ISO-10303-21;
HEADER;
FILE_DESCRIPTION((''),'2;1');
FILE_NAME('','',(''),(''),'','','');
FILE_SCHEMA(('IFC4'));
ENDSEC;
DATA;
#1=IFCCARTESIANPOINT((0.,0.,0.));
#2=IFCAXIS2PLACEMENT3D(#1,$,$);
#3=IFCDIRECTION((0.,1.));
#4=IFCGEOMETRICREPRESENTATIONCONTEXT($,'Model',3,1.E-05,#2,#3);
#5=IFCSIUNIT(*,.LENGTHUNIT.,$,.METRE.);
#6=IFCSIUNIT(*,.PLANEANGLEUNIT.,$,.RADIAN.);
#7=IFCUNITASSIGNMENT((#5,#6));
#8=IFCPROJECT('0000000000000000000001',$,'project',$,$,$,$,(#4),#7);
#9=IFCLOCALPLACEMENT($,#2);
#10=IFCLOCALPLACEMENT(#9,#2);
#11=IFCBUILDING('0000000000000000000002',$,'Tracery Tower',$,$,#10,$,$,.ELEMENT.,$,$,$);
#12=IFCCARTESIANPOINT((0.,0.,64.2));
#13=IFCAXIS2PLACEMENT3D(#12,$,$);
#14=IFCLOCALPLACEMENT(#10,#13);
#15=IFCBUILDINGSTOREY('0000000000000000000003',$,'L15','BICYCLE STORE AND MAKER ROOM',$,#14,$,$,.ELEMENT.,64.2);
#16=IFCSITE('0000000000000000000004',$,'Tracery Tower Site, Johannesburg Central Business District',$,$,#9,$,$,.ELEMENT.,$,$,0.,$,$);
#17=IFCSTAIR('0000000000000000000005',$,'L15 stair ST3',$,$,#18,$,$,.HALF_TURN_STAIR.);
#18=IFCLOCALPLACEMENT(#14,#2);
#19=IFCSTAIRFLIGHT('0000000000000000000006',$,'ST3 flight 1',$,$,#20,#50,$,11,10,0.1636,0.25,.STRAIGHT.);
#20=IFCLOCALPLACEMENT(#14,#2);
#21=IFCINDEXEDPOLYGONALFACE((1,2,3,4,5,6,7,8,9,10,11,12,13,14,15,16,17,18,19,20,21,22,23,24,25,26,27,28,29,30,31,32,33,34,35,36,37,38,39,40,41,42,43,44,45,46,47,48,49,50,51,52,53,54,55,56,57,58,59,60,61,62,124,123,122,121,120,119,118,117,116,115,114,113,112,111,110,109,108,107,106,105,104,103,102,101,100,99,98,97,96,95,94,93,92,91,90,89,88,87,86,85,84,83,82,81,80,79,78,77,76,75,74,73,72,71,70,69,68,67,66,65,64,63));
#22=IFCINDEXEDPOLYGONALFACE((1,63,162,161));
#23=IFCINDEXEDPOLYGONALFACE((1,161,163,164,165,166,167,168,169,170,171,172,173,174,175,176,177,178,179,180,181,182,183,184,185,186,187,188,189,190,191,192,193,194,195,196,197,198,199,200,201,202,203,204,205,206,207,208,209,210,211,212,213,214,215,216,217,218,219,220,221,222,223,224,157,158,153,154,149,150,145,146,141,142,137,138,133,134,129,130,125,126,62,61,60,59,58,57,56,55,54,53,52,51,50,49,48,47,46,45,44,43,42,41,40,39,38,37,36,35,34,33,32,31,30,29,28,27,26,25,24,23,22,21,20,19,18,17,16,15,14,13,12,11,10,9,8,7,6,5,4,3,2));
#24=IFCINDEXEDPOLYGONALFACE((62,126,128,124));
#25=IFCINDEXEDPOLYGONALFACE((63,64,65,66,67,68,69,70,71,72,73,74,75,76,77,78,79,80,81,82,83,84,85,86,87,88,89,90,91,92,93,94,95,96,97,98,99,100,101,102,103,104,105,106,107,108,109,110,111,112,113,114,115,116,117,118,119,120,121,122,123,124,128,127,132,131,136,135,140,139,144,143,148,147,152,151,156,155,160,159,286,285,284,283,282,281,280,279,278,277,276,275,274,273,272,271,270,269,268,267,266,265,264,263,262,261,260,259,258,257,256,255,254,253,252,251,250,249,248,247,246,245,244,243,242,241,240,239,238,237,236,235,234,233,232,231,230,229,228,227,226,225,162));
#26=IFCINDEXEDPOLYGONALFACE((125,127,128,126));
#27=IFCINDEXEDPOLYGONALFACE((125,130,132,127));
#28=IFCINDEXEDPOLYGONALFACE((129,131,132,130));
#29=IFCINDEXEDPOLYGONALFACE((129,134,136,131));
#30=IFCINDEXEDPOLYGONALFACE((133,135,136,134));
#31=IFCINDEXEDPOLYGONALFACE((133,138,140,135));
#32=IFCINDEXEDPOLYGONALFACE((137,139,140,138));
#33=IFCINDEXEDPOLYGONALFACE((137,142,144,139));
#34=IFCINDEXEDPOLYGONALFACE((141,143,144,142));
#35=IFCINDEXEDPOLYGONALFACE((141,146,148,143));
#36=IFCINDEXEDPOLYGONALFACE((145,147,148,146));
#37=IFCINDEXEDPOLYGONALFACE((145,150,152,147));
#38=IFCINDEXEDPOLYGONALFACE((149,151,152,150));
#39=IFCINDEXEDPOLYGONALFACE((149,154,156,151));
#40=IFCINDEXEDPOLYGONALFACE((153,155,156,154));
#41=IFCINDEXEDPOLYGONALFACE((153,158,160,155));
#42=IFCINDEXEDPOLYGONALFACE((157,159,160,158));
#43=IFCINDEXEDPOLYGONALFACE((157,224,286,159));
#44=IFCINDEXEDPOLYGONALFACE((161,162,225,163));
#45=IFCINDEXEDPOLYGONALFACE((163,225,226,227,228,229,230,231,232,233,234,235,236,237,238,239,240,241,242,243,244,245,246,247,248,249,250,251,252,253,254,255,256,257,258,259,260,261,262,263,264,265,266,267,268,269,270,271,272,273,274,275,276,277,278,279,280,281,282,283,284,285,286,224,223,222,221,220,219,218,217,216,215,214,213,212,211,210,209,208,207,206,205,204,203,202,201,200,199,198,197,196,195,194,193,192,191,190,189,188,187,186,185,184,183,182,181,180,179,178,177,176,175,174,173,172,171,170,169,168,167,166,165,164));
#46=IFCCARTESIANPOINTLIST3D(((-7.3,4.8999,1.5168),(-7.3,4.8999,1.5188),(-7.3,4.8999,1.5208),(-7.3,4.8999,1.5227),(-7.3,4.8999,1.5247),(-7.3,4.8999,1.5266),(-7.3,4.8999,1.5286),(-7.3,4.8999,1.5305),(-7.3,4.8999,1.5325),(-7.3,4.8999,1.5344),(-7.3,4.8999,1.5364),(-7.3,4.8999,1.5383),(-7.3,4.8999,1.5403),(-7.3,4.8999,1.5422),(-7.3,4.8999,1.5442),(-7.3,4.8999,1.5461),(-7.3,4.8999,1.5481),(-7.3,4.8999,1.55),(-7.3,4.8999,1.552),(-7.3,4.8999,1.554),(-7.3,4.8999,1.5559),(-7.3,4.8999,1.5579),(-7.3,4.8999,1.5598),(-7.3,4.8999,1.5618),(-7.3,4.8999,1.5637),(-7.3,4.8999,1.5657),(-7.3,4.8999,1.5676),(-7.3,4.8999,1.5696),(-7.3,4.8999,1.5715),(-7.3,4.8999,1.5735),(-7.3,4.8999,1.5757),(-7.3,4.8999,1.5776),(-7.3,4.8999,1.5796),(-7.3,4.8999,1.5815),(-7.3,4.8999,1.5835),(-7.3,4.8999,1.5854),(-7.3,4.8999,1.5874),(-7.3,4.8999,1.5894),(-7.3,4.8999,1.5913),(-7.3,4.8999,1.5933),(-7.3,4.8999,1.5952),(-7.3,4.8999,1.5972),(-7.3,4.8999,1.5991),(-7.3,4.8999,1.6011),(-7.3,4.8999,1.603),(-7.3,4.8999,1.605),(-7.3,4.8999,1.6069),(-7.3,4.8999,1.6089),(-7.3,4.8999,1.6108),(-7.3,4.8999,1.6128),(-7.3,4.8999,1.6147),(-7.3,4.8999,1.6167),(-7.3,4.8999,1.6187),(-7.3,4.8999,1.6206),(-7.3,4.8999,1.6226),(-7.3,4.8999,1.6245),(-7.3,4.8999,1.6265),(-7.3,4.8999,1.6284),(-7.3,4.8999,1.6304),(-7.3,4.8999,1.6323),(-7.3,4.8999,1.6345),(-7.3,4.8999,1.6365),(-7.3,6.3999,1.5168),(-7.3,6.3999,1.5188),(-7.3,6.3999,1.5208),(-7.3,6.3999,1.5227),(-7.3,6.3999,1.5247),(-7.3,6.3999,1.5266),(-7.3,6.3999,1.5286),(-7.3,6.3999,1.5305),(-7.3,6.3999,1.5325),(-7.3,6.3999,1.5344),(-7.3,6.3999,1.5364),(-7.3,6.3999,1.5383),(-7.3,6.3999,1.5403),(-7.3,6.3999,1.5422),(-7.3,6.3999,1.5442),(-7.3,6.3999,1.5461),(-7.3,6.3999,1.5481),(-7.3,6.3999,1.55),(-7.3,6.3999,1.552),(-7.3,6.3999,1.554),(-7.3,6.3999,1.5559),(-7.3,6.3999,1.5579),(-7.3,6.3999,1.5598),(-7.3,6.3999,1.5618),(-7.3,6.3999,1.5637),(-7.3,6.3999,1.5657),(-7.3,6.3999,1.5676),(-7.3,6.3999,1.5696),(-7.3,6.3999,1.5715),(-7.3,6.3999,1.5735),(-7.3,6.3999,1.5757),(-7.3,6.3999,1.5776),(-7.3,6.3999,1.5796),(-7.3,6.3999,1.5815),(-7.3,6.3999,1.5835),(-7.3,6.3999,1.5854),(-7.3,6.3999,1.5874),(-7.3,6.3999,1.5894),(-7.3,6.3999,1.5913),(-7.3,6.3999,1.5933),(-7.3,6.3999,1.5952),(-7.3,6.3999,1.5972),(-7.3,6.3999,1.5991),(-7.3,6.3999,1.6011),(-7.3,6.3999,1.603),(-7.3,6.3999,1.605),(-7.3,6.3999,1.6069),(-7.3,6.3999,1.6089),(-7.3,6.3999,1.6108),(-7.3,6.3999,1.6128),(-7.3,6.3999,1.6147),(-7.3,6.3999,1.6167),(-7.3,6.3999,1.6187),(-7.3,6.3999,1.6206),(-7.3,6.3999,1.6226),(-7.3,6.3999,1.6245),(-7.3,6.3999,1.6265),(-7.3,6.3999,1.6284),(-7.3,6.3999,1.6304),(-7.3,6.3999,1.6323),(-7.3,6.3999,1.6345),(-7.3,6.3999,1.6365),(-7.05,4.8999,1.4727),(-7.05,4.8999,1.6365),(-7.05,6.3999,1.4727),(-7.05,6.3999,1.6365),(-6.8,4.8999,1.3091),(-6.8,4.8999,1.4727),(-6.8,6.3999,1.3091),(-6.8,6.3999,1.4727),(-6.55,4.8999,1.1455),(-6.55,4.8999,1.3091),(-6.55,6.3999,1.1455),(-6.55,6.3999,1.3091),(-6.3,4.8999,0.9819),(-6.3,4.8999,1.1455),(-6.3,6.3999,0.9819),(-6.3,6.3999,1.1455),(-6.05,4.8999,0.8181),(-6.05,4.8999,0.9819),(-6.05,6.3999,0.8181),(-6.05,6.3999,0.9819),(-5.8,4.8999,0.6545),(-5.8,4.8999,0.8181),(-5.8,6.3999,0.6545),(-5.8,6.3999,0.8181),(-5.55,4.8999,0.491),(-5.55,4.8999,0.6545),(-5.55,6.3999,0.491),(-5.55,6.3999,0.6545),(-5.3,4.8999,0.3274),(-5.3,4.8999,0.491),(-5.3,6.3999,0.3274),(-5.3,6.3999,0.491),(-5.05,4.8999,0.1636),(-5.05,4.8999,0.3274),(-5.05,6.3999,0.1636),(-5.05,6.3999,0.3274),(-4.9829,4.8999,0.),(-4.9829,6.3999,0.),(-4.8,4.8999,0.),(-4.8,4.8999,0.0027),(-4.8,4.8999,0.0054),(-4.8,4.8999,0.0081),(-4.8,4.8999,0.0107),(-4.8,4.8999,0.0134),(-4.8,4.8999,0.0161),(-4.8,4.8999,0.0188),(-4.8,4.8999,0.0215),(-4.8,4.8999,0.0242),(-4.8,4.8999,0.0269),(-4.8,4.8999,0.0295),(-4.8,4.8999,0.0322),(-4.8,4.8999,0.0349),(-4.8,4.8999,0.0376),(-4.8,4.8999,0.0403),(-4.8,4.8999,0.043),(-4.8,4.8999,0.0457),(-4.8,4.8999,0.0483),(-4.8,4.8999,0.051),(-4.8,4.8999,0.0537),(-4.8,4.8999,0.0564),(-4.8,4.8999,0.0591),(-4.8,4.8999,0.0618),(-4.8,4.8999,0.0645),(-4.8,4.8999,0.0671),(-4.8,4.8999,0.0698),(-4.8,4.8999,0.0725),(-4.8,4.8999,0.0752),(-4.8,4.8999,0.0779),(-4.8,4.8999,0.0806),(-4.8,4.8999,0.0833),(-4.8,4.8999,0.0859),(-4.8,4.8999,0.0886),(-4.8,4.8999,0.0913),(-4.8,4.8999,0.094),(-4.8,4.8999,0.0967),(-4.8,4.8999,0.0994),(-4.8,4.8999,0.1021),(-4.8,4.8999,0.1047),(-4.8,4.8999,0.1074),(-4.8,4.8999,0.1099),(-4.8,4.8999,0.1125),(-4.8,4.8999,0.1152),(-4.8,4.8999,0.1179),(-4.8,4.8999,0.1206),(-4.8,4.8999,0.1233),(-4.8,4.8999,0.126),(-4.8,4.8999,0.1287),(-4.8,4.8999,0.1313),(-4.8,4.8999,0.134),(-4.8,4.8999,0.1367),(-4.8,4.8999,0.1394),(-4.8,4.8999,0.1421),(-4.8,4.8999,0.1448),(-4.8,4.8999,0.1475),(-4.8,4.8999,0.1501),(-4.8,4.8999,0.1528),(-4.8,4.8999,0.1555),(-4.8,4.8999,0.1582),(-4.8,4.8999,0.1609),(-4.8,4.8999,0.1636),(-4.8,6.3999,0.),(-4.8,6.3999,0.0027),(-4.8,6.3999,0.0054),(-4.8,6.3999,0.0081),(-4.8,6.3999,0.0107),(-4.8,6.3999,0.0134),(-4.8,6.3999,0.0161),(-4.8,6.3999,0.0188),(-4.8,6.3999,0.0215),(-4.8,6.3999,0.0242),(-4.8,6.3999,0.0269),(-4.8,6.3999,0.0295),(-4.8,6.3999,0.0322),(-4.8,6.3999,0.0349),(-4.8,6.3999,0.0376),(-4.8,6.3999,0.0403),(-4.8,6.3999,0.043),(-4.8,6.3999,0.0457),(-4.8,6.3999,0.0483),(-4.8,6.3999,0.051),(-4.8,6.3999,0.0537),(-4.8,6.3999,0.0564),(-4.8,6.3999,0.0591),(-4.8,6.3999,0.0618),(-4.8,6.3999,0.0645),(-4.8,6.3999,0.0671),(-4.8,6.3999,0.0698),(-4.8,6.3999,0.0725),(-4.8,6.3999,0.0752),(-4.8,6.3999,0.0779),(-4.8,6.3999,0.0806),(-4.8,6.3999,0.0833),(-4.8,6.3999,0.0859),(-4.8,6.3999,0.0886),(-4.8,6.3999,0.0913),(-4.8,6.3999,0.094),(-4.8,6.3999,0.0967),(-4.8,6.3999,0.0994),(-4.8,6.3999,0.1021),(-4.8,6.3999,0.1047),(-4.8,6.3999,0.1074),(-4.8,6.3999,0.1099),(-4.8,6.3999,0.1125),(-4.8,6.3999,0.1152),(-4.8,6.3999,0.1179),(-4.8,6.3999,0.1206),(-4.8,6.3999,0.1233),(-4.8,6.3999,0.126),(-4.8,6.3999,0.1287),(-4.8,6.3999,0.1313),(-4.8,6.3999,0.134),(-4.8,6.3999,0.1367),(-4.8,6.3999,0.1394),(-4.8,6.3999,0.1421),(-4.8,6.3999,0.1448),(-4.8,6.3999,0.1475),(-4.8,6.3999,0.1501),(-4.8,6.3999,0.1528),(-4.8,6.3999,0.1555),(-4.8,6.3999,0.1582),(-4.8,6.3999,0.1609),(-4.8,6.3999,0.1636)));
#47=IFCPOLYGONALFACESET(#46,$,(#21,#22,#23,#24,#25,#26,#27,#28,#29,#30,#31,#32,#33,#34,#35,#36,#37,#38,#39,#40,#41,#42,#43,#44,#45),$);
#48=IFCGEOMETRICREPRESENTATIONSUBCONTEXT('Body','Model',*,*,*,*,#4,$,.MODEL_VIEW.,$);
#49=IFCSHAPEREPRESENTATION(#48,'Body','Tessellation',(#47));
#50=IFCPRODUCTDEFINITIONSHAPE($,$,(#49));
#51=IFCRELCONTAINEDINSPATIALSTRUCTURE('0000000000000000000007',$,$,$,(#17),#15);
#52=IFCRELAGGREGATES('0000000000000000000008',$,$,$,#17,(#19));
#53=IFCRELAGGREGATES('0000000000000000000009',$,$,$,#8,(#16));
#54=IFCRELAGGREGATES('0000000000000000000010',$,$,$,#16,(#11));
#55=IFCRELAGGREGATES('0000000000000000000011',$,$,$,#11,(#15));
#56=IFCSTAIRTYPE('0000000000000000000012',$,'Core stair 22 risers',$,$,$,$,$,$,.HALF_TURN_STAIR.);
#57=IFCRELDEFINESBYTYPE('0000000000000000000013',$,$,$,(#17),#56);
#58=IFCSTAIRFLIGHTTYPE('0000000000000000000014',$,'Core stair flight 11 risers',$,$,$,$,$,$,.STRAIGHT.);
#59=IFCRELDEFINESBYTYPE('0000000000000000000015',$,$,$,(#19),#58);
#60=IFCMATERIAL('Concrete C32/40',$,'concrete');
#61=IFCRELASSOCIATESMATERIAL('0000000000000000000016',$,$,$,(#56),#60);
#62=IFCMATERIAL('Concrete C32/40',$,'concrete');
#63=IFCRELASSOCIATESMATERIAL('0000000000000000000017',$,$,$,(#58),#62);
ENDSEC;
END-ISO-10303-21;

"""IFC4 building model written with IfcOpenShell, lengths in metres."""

from ifc_helpers import new_model, si_unit, direction, frame, origin, place, context, subcontext, project, spatial, polyline, outline, extrude, material, type_object, element, aggregate, save


model = new_model("IFC4")

# Units and contexts
model_context = context("Model", 3, precision=1e-05, world=origin(), true_north=direction((0.0, 1.0)))
body_context = subcontext(model_context, "Body", "Model", "MODEL_VIEW")
ifc_project = project(units=[si_unit("LENGTHUNIT", "METRE"), si_unit("PLANEANGLEUNIT", "RADIAN")], contexts=[model_context])

# Site, building, storey
site_placement = place(None, origin())
site = spatial("IfcSite", under=ifc_project, at=site_placement, Name="Tracery Tower Site, Johannesburg Central Business District", CompositionType="ELEMENT", RefElevation=0.0)
building_placement = place(site_placement, origin())
building = spatial("IfcBuilding", under=site, at=building_placement, Name="Tracery Tower", CompositionType="ELEMENT")
storey_placement = place(building_placement, frame((0.0, 0.0, 64.2)))
storey = spatial("IfcBuildingStorey", under=building, at=storey_placement, Name="L15", Description="BICYCLE STORE AND MAKER ROOM", CompositionType="ELEMENT", Elevation=64.2)

# Stair, stair flight
ifc_material_1 = material(Name="Concrete C32/40", Category="concrete")
stair_type = type_object("IfcStairType", Name="Core stair 22 risers", PredefinedType="HALF_TURN_STAIR", material=ifc_material_1)
stair_placement = place(storey_placement, origin())
stair = element("IfcStair", 1, at=stair_placement, inside=storey, type_object=stair_type, Name="L15 stair ST3", PredefinedType="HALF_TURN_STAIR")
ifc_material_2 = material(Name="Concrete C32/40", Category="concrete")
stair_flight_type = type_object("IfcStairFlightType", Name="Core stair flight 11 risers", PredefinedType="STRAIGHT", material=ifc_material_2)
stair_flight_1_placement = place(storey_placement, frame((-4.8, 5.6499, 0.0), z_axis=(0.0, 0.0, 1.0), x_axis=(-1.0, 0.0, 0.0)))
stair_flight_1 = element("IfcStairFlight", 2, at=stair_flight_1_placement, type_object=stair_flight_type, Name="ST3 flight 1", NumberOfRisers=11, NumberOfTreads=10, PredefinedType="STRAIGHT", RiserHeight=0.1636, TreadLength=0.25, context=body_context, shape_type="SweptSolid", body=[
    extrude(outline(polyline([(0.0, 0.0), (0.0, 0.0027), (0.0, 0.0054), (0.0, 0.0081), (0.0, 0.0107), (0.0, 0.0134), (0.0, 0.0161), (0.0, 0.0188), (0.0, 0.0215), (0.0, 0.0242), (0.0, 0.0269), (0.0, 0.0295), (0.0, 0.0322), (0.0, 0.0349), (0.0, 0.0376), (0.0, 0.0403), (0.0, 0.043), (0.0, 0.0457), (0.0, 0.0483), (0.0, 0.051), (0.0, 0.0537), (0.0, 0.0564), (0.0, 0.0591), (0.0, 0.0618), (0.0, 0.0645), (0.0, 0.0671), (0.0, 0.0698), (0.0, 0.0725), (0.0, 0.0752), (0.0, 0.0779), (0.0, 0.0806), (0.0, 0.0833), (0.0, 0.0859), (0.0, 0.0886), (0.0, 0.0913), (0.0, 0.094), (0.0, 0.0967), (0.0, 0.0994), (0.0, 0.1021), (0.0, 0.1047), (0.0, 0.1074), (0.0, 0.1099), (0.0, 0.1125), (0.0, 0.1152), (0.0, 0.1179), (0.0, 0.1206), (0.0, 0.1233), (0.0, 0.126), (0.0, 0.1287), (0.0, 0.1313), (0.0, 0.134), (0.0, 0.1367), (0.0, 0.1394), (0.0, 0.1421), (0.0, 0.1448), (0.0, 0.1475), (0.0, 0.1501), (0.0, 0.1528), (0.0, 0.1555), (0.0, 0.1582), (0.0, 0.1609), (0.0, 0.1636), (0.25, 0.1636), (0.25, 0.3274), (0.5, 0.3274), (0.5, 0.491), (0.75, 0.491), (0.75, 0.6545), (1.0, 0.6545), (1.0, 0.8181), (1.25, 0.8181), (1.25, 0.9819), (1.5, 0.9819), (1.5, 1.1455), (1.75, 1.1455), (1.75, 1.3091), (2.0, 1.3091), (2.0, 1.4727), (2.25, 1.4727), (2.25, 1.6365), (2.5, 1.6365), (2.5, 1.6345), (2.5, 1.6323), (2.5, 1.6304), (2.5, 1.6284), (2.5, 1.6265), (2.5, 1.6245), (2.5, 1.6226), (2.5, 1.6206), (2.5, 1.6187), (2.5, 1.6167), (2.5, 1.6147), (2.5, 1.6128), (2.5, 1.6108), (2.5, 1.6089), (2.5, 1.6069), (2.5, 1.605), (2.5, 1.603), (2.5, 1.6011), (2.5, 1.5991), (2.5, 1.5972), (2.5, 1.5952), (2.5, 1.5933), (2.5, 1.5913), (2.5, 1.5894), (2.5, 1.5874), (2.5, 1.5854), (2.5, 1.5835), (2.5, 1.5815), (2.5, 1.5796), (2.5, 1.5776), (2.5, 1.5757), (2.5, 1.5735), (2.5, 1.5715), (2.5, 1.5696), (2.5, 1.5676), (2.5, 1.5657), (2.5, 1.5637), (2.5, 1.5618), (2.5, 1.5598), (2.5, 1.5579), (2.5, 1.5559), (2.5, 1.554), (2.5, 1.552), (2.5, 1.55), (2.5, 1.5481), (2.5, 1.5461), (2.5, 1.5442), (2.5, 1.5422), (2.5, 1.5403), (2.5, 1.5383), (2.5, 1.5364), (2.5, 1.5344), (2.5, 1.5325), (2.5, 1.5305), (2.5, 1.5286), (2.5, 1.5266), (2.5, 1.5247), (2.5, 1.5227), (2.5, 1.5208), (2.5, 1.5188), (2.5, 1.5168), (0.1829, 0.0), (0.0, 0.0)])), frame((0.0, 0.75, 0.0), z_axis=(0.0, -1.0, 0.0), x_axis=(1.0, 0.0, 0.0)), (0.0, 0.0, 1.0), 1.5),
])
aggregate(stair, [stair_flight_1])

save(model, "model.ifc")
